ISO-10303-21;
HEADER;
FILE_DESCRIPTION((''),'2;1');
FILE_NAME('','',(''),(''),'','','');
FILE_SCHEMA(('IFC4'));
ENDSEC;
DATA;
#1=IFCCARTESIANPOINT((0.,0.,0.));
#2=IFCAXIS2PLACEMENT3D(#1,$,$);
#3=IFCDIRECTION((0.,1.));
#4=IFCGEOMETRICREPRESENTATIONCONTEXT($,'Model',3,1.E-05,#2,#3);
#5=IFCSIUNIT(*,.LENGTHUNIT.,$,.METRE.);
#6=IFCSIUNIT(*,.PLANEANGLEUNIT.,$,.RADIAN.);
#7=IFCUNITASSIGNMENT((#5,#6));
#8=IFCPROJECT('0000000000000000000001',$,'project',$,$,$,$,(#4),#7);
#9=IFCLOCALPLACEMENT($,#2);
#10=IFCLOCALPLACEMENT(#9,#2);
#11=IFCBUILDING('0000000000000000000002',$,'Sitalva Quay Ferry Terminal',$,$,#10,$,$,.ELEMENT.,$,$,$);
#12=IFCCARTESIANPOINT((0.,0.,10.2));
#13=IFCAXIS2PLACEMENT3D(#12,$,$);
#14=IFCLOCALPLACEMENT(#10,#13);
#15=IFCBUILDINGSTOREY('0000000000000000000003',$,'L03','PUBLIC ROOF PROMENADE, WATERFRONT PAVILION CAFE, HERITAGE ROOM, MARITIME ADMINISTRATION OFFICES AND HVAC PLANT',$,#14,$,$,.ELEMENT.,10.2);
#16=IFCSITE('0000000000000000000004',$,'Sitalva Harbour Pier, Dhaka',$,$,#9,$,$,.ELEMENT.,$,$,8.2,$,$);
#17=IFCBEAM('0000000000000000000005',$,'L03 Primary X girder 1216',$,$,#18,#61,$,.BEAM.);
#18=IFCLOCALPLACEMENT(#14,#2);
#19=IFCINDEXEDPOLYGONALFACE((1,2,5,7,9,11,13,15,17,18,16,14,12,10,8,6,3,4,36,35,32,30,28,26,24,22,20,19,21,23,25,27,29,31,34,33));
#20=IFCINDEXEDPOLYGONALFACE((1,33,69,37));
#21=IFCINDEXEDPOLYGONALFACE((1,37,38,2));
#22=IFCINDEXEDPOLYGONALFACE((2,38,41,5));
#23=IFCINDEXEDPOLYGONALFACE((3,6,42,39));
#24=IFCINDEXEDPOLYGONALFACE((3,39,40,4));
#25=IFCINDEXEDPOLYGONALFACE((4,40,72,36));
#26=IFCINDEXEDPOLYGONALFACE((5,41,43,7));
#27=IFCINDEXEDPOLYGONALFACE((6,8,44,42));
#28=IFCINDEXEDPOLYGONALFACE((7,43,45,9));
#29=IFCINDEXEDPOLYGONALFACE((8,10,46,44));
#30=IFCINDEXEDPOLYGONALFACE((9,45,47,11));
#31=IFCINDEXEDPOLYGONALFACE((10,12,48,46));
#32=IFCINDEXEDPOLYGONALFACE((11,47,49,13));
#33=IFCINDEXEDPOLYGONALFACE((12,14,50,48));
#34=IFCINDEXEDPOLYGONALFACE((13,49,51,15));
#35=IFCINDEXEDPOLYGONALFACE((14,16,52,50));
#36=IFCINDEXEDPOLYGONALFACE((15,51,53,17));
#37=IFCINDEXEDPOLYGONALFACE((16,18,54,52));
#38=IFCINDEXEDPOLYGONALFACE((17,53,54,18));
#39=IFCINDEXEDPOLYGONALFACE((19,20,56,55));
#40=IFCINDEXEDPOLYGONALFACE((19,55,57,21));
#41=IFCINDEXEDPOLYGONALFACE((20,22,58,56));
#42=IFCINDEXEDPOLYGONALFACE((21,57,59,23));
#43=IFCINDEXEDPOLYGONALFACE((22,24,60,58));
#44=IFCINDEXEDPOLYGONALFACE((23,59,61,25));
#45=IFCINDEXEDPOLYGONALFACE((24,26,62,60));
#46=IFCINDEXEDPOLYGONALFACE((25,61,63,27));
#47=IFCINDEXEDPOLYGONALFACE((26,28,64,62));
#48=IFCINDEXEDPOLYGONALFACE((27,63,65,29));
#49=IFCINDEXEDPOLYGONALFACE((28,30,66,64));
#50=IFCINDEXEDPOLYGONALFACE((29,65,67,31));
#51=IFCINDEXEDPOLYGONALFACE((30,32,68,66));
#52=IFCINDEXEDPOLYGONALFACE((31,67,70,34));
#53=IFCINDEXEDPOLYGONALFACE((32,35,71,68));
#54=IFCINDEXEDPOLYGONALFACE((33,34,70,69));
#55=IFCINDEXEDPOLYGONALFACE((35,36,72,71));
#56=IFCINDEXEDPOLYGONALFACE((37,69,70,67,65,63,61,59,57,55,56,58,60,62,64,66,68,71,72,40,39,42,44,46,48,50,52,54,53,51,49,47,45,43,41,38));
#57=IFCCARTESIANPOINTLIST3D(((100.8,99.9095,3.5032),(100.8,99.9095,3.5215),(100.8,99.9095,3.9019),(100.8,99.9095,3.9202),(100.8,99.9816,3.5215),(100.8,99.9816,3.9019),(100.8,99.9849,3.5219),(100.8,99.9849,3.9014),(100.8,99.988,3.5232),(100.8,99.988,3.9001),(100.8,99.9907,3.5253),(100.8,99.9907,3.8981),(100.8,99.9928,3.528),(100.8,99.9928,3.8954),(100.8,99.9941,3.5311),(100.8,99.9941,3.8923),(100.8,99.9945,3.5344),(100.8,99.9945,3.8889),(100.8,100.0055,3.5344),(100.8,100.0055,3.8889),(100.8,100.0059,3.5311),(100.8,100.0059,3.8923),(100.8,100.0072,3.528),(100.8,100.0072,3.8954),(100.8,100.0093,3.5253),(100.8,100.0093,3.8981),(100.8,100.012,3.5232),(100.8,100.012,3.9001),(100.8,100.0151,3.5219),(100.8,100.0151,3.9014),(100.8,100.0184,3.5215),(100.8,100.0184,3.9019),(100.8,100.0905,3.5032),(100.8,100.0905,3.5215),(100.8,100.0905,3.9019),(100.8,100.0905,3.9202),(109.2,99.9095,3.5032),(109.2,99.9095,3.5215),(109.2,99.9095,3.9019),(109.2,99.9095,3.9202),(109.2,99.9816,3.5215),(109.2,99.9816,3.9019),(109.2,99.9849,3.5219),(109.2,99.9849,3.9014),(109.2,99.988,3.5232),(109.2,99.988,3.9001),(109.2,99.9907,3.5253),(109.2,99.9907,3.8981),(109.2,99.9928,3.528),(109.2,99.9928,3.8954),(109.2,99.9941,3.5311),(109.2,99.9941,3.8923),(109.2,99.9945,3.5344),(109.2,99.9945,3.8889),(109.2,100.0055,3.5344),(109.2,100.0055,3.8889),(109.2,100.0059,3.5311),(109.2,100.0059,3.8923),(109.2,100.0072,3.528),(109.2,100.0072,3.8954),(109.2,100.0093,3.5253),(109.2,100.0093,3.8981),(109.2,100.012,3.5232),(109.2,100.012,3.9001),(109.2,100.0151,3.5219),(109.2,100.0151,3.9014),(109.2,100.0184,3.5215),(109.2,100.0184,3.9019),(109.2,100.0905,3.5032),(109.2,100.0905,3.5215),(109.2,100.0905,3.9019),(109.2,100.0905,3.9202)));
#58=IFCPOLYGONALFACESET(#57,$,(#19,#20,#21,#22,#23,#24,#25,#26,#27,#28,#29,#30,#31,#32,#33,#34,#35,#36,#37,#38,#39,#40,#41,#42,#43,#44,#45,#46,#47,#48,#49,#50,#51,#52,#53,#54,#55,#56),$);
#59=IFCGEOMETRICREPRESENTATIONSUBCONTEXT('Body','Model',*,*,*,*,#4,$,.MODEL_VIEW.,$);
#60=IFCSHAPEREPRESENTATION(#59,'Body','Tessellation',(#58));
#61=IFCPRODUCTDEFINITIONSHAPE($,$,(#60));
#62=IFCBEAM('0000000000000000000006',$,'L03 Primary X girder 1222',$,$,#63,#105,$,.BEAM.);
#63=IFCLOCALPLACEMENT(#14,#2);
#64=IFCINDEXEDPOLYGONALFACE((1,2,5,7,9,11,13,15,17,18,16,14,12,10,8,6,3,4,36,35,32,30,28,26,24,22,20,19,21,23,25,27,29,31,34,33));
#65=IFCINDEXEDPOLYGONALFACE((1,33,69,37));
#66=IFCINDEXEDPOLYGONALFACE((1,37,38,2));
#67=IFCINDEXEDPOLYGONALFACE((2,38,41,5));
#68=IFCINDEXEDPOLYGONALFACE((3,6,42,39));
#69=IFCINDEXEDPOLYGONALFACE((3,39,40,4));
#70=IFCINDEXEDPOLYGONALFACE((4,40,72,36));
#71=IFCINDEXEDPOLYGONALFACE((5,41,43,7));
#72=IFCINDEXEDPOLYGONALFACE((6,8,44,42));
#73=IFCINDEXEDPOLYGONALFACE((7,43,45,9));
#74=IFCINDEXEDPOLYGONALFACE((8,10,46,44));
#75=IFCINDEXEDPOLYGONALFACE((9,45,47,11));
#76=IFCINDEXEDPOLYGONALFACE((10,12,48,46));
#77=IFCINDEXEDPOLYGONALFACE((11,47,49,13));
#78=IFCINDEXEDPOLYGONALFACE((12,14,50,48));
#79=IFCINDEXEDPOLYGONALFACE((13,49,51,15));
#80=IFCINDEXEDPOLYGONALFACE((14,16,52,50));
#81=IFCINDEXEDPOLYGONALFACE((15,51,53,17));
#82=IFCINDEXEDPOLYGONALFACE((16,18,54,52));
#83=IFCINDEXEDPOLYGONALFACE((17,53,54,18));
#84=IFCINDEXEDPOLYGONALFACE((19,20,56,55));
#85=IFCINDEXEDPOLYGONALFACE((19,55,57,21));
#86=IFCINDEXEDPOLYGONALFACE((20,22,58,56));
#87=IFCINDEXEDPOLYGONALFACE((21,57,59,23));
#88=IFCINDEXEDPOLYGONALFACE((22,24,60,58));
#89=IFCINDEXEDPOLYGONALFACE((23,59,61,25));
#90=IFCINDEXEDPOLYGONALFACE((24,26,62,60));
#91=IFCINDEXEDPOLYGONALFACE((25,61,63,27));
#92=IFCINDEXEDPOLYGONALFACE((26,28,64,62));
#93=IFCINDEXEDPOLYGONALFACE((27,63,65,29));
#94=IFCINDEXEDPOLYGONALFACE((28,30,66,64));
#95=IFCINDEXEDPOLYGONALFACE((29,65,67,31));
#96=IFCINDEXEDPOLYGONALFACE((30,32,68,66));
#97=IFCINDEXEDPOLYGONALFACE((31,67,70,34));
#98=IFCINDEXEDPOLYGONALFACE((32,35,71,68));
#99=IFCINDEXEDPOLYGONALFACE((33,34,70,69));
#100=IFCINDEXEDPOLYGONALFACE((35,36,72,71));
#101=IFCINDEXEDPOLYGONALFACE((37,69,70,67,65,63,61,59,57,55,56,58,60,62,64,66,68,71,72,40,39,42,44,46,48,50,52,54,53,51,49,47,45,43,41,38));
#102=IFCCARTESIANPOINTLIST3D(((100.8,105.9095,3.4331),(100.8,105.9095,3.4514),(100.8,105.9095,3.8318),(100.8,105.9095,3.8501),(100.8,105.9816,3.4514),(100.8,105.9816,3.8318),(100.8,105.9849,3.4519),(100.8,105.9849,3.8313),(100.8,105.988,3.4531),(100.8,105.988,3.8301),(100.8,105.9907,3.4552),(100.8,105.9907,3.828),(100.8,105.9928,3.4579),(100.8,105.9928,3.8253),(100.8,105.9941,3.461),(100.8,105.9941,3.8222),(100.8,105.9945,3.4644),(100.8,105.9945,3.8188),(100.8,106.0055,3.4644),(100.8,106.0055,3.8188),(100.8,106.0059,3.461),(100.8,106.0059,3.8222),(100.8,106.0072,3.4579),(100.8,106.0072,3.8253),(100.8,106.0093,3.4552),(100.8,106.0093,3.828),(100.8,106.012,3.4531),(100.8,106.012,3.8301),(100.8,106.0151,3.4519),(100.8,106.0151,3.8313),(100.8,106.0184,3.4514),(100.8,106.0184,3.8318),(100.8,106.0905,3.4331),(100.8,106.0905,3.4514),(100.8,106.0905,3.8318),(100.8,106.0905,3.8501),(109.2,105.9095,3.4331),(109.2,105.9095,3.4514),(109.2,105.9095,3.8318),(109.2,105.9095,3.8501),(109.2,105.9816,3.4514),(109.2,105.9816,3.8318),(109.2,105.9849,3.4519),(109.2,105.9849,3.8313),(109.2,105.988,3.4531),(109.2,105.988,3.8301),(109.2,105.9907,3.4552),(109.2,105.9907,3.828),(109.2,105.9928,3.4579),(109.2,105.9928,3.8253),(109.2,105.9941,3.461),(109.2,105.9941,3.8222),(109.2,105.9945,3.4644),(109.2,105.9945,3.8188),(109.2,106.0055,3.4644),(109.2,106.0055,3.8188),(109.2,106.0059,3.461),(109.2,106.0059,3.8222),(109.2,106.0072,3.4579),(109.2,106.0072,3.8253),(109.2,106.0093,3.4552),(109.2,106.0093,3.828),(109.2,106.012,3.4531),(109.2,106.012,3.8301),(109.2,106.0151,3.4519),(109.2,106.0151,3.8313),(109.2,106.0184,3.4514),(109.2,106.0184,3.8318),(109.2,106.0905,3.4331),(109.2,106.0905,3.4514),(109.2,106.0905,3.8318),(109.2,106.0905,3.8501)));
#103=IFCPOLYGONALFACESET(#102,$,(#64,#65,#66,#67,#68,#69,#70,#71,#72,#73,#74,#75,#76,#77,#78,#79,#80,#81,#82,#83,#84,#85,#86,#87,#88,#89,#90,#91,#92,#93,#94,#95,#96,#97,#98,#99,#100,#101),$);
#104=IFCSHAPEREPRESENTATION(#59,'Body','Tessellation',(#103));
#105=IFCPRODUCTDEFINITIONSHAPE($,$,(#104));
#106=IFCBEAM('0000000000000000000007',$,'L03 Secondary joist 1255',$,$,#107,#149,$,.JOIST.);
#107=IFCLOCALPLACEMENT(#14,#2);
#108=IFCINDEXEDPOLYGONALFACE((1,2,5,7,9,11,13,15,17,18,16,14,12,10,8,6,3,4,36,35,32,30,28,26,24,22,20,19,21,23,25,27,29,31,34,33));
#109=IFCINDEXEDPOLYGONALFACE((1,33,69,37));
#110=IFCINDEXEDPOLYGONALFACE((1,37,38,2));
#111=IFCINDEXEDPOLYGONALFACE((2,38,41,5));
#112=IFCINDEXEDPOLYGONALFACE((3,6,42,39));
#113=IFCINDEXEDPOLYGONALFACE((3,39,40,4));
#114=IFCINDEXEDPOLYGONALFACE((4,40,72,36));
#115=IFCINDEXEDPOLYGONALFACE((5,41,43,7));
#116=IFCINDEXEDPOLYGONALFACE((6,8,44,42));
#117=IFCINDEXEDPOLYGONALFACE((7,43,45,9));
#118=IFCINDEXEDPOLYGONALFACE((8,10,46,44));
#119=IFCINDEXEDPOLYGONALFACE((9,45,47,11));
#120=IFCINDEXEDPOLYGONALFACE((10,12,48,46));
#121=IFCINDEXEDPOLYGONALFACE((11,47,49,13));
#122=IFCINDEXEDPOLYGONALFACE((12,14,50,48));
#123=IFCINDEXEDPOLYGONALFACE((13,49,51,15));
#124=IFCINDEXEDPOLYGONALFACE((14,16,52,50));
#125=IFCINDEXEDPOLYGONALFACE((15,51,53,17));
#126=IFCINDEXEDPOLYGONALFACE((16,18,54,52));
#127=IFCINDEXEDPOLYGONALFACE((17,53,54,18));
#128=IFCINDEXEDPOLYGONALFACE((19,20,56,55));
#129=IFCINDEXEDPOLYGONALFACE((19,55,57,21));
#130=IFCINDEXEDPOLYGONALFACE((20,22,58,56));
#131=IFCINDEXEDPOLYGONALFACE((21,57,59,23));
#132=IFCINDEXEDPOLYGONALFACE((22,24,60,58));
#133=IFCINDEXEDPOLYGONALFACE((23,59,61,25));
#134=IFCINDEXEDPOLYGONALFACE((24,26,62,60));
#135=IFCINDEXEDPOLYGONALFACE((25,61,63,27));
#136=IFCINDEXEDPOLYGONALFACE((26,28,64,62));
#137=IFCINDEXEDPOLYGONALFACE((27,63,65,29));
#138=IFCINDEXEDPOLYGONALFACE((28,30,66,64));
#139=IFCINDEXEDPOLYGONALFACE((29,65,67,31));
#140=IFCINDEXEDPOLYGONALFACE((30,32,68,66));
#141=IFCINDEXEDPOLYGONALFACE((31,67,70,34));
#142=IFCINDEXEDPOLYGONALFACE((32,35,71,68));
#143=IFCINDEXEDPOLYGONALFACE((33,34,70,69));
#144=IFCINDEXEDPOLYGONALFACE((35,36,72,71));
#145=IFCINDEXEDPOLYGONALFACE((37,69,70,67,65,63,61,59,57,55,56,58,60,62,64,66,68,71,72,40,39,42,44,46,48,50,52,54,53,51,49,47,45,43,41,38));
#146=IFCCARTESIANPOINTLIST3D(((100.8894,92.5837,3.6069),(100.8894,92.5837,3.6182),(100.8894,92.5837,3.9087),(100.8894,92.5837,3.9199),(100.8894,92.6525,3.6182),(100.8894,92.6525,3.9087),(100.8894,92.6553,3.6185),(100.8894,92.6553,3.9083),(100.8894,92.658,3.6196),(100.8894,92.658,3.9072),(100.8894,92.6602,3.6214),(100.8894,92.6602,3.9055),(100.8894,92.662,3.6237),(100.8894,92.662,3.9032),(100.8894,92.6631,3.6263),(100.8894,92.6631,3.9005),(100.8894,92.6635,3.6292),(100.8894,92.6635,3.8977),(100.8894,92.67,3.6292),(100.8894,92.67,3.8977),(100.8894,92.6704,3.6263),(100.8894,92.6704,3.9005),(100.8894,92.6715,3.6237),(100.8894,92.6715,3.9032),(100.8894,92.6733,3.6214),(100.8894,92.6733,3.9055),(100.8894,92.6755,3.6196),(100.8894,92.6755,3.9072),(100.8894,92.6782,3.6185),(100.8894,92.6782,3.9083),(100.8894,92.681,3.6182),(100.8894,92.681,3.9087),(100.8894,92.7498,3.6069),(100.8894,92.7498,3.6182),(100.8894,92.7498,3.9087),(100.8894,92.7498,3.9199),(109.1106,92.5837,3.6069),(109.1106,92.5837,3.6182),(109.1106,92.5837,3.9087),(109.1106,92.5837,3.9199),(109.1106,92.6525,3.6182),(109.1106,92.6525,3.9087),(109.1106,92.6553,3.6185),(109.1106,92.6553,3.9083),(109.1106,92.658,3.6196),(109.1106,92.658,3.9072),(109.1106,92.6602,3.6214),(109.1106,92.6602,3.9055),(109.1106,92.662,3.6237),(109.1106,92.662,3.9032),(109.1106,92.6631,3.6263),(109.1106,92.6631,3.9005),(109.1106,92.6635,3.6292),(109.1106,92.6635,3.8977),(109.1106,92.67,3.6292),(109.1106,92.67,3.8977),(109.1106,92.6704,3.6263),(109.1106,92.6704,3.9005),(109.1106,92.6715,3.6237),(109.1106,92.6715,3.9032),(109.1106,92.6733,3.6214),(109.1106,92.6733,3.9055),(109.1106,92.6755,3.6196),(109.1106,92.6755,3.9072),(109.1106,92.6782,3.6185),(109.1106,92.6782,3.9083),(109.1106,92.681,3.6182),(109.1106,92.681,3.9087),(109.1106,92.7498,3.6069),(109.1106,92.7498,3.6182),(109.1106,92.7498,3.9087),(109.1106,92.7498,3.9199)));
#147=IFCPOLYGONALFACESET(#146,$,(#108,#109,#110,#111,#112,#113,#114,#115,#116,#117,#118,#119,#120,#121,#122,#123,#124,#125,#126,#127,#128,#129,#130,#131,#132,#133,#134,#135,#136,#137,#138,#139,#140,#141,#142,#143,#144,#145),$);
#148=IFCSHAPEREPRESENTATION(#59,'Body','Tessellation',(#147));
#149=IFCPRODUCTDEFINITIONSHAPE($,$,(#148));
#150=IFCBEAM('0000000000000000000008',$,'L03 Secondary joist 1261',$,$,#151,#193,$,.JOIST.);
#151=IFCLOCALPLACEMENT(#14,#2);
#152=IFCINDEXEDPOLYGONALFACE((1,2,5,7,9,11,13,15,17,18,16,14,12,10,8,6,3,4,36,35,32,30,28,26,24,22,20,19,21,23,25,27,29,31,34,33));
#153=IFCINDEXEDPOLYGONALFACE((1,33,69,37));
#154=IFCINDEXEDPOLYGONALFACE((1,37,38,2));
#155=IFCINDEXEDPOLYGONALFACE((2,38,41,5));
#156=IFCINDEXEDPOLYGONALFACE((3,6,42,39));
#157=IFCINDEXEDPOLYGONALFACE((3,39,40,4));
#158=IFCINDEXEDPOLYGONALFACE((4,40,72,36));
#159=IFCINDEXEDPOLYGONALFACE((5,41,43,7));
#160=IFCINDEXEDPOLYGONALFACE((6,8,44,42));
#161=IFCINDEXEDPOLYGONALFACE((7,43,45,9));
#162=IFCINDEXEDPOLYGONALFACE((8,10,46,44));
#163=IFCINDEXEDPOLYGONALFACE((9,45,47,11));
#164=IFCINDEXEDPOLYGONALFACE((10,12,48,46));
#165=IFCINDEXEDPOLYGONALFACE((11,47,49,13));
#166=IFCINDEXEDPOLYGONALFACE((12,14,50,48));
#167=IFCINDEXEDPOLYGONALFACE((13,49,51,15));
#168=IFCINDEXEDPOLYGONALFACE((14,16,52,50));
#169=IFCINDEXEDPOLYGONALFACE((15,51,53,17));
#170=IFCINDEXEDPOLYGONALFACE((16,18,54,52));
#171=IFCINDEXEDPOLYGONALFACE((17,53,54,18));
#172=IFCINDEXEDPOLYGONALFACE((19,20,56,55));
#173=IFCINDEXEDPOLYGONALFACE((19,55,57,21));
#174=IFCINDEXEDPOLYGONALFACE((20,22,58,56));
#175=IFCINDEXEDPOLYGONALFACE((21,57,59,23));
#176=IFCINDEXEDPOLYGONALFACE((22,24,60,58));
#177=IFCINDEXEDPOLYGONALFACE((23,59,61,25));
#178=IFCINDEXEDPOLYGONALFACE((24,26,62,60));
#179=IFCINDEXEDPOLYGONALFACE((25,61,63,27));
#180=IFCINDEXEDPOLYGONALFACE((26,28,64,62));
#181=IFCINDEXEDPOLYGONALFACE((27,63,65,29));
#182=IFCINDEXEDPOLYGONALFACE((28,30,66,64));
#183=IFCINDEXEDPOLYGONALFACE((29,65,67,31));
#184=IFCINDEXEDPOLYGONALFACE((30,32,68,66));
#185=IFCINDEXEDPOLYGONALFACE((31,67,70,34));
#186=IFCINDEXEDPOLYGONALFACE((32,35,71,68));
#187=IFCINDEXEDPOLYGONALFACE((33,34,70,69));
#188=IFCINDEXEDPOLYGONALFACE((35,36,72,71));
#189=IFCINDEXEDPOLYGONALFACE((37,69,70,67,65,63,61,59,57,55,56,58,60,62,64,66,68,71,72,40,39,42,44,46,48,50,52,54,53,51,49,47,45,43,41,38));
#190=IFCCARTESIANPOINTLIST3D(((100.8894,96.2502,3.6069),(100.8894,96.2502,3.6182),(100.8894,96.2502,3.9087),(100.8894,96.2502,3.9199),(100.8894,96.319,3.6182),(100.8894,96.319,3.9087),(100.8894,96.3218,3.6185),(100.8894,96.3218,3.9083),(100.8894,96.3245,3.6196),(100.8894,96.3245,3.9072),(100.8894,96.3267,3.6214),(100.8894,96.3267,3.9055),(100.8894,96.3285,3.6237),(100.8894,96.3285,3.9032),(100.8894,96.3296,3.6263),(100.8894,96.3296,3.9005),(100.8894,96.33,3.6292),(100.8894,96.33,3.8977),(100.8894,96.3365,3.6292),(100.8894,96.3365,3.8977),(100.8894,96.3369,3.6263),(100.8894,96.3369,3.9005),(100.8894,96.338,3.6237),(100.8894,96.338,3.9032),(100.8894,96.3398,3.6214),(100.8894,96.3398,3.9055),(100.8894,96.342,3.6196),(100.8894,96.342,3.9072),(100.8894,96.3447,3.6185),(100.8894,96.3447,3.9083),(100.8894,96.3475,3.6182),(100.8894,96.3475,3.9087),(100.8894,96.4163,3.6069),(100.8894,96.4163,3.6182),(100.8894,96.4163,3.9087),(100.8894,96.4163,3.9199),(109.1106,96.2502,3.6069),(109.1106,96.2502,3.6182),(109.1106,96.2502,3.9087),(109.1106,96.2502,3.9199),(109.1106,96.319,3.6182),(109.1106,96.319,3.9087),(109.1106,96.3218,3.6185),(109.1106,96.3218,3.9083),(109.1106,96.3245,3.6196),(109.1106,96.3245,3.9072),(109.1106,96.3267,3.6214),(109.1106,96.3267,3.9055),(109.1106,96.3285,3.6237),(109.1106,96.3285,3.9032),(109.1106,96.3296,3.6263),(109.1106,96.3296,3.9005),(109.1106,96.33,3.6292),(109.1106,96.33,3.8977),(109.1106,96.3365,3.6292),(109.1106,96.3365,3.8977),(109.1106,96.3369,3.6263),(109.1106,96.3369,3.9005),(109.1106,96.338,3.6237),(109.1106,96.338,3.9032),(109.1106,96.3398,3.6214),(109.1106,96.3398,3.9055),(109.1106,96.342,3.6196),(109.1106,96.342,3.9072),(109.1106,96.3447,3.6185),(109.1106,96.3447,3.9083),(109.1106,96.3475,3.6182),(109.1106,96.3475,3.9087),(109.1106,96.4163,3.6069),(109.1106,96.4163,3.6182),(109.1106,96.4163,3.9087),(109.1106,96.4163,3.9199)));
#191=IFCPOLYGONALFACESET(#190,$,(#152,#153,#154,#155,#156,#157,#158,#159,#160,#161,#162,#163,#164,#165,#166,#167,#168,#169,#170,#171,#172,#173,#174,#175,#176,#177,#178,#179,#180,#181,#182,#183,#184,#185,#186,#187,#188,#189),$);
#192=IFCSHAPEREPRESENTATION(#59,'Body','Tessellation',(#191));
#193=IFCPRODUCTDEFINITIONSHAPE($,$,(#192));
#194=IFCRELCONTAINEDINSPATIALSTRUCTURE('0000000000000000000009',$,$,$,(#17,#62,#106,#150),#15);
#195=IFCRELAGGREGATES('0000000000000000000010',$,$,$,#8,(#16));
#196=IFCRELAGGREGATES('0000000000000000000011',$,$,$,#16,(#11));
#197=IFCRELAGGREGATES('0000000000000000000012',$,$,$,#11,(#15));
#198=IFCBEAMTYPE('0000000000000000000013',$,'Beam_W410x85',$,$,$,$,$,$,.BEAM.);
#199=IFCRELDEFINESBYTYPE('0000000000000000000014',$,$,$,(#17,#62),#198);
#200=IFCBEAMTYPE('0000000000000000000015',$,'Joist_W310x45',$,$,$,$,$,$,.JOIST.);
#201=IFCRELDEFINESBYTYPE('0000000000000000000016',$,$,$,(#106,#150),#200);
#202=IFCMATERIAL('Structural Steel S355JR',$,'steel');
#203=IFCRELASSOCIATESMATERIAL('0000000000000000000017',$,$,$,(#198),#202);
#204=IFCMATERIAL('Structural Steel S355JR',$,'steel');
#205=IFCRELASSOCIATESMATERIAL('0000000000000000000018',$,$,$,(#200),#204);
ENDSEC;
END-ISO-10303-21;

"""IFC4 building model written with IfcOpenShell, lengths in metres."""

from ifc_helpers import new_model, si_unit, direction, frame, origin, origin_2d, place, context, subcontext, project, spatial, i_section, extrude, material, material_profile, profile_set, type_object, element, save


model = new_model("IFC4")

# Units and contexts
model_context = context("Model", 3, precision=1e-05, world=origin(), true_north=direction((0.0, 1.0)))
body_context = subcontext(model_context, "Body", "Model", "MODEL_VIEW")
ifc_project = project(units=[si_unit("LENGTHUNIT", "METRE"), si_unit("PLANEANGLEUNIT", "RADIAN")], contexts=[model_context])

# Site, building, storey
site_placement = place(None, origin())
site = spatial("IfcSite", under=ifc_project, at=site_placement, Name="Sitalva Harbour Pier, Dhaka", CompositionType="ELEMENT", RefElevation=8.2)
building_placement = place(site_placement, origin())
building = spatial("IfcBuilding", under=site, at=building_placement, Name="Sitalva Quay Ferry Terminal", CompositionType="ELEMENT")
storey_placement = place(building_placement, frame((0.0, 0.0, 10.2)))
storey = spatial("IfcBuildingStorey", under=building, at=storey_placement, Name="L03", Description="PUBLIC ROOF PROMENADE, WATERFRONT PAVILION CAFE, HERITAGE ROOM, MARITIME ADMINISTRATION OFFICES AND HVAC PLANT", CompositionType="ELEMENT", Elevation=10.2)

# Beams
ifc_material_1 = material(Name="Structural Steel S355JR", Category="steel")
ifc_material_profile_1 = material_profile(ifc_material_1, i_section(OverallWidth=0.1809, OverallDepth=0.417, WebThickness=0.011, FlangeThickness=0.0183, FilletRadius=0.0129, at=origin_2d()), Name="W410x85")
ifc_profile_set_1 = profile_set([ifc_material_profile_1], Name="Structural Steel S355JR")
beam_type_1 = type_object("IfcBeamType", Name="Beam_W410x85", PredefinedType="BEAM", material=ifc_profile_set_1)
for number, where, z_axis, x_axis, name in (
    (1, (100.8, 100.0, 3.7117), (1.0, 0.0, 0.0), (0.0, 1.0, 0.0), "L03 Primary X girder 1216"),
    (2, (100.8, 106.0, 3.6416), (1.0, 0.0, 0.0), (0.0, 1.0, 0.0), "L03 Primary X girder 1222"),
):
    element("IfcBeam", number, at=place(storey_placement, frame(where, z_axis=z_axis, x_axis=x_axis)), inside=storey, type_object=beam_type_1, Name=name, PredefinedType="BEAM", context=body_context, shape_type="SweptSolid", body=[
        extrude(i_section(OverallWidth=0.1809, OverallDepth=0.417, WebThickness=0.011, FlangeThickness=0.0183, FilletRadius=0.0129, at=origin_2d()), origin(), (0.0, 0.0, 1.0), 8.3999),
    ])
ifc_material_2 = material(Name="Structural Steel S355JR", Category="steel")
ifc_material_profile_2 = material_profile(ifc_material_2, i_section(OverallWidth=0.166, OverallDepth=0.313, WebThickness=0.0066, FlangeThickness=0.0112, FilletRadius=0.011, at=origin_2d()), Name="W310x45")
ifc_profile_set_2 = profile_set([ifc_material_profile_2], Name="Structural Steel S355JR")
beam_type_2 = type_object("IfcBeamType", Name="Joist_W310x45", PredefinedType="JOIST", material=ifc_profile_set_2)
for number, where, z_axis, x_axis, name in (
    (3, (100.8894, 92.6667, 3.7634), (1.0, 0.0, 0.0), (0.0, 1.0, 0.0), "L03 Secondary joist 1255"),
    (4, (100.8894, 96.3333, 3.7634), (1.0, 0.0, 0.0), (0.0, 1.0, 0.0), "L03 Secondary joist 1261"),
):
    element("IfcBeam", number, at=place(storey_placement, frame(where, z_axis=z_axis, x_axis=x_axis)), inside=storey, type_object=beam_type_2, Name=name, PredefinedType="JOIST", context=body_context, shape_type="SweptSolid", body=[
        extrude(i_section(OverallWidth=0.166, OverallDepth=0.313, WebThickness=0.0066, FlangeThickness=0.0112, FilletRadius=0.011, at=origin_2d()), origin(), (0.0, 0.0, 1.0), 8.2212),
    ])

save(model, "model.ifc")
